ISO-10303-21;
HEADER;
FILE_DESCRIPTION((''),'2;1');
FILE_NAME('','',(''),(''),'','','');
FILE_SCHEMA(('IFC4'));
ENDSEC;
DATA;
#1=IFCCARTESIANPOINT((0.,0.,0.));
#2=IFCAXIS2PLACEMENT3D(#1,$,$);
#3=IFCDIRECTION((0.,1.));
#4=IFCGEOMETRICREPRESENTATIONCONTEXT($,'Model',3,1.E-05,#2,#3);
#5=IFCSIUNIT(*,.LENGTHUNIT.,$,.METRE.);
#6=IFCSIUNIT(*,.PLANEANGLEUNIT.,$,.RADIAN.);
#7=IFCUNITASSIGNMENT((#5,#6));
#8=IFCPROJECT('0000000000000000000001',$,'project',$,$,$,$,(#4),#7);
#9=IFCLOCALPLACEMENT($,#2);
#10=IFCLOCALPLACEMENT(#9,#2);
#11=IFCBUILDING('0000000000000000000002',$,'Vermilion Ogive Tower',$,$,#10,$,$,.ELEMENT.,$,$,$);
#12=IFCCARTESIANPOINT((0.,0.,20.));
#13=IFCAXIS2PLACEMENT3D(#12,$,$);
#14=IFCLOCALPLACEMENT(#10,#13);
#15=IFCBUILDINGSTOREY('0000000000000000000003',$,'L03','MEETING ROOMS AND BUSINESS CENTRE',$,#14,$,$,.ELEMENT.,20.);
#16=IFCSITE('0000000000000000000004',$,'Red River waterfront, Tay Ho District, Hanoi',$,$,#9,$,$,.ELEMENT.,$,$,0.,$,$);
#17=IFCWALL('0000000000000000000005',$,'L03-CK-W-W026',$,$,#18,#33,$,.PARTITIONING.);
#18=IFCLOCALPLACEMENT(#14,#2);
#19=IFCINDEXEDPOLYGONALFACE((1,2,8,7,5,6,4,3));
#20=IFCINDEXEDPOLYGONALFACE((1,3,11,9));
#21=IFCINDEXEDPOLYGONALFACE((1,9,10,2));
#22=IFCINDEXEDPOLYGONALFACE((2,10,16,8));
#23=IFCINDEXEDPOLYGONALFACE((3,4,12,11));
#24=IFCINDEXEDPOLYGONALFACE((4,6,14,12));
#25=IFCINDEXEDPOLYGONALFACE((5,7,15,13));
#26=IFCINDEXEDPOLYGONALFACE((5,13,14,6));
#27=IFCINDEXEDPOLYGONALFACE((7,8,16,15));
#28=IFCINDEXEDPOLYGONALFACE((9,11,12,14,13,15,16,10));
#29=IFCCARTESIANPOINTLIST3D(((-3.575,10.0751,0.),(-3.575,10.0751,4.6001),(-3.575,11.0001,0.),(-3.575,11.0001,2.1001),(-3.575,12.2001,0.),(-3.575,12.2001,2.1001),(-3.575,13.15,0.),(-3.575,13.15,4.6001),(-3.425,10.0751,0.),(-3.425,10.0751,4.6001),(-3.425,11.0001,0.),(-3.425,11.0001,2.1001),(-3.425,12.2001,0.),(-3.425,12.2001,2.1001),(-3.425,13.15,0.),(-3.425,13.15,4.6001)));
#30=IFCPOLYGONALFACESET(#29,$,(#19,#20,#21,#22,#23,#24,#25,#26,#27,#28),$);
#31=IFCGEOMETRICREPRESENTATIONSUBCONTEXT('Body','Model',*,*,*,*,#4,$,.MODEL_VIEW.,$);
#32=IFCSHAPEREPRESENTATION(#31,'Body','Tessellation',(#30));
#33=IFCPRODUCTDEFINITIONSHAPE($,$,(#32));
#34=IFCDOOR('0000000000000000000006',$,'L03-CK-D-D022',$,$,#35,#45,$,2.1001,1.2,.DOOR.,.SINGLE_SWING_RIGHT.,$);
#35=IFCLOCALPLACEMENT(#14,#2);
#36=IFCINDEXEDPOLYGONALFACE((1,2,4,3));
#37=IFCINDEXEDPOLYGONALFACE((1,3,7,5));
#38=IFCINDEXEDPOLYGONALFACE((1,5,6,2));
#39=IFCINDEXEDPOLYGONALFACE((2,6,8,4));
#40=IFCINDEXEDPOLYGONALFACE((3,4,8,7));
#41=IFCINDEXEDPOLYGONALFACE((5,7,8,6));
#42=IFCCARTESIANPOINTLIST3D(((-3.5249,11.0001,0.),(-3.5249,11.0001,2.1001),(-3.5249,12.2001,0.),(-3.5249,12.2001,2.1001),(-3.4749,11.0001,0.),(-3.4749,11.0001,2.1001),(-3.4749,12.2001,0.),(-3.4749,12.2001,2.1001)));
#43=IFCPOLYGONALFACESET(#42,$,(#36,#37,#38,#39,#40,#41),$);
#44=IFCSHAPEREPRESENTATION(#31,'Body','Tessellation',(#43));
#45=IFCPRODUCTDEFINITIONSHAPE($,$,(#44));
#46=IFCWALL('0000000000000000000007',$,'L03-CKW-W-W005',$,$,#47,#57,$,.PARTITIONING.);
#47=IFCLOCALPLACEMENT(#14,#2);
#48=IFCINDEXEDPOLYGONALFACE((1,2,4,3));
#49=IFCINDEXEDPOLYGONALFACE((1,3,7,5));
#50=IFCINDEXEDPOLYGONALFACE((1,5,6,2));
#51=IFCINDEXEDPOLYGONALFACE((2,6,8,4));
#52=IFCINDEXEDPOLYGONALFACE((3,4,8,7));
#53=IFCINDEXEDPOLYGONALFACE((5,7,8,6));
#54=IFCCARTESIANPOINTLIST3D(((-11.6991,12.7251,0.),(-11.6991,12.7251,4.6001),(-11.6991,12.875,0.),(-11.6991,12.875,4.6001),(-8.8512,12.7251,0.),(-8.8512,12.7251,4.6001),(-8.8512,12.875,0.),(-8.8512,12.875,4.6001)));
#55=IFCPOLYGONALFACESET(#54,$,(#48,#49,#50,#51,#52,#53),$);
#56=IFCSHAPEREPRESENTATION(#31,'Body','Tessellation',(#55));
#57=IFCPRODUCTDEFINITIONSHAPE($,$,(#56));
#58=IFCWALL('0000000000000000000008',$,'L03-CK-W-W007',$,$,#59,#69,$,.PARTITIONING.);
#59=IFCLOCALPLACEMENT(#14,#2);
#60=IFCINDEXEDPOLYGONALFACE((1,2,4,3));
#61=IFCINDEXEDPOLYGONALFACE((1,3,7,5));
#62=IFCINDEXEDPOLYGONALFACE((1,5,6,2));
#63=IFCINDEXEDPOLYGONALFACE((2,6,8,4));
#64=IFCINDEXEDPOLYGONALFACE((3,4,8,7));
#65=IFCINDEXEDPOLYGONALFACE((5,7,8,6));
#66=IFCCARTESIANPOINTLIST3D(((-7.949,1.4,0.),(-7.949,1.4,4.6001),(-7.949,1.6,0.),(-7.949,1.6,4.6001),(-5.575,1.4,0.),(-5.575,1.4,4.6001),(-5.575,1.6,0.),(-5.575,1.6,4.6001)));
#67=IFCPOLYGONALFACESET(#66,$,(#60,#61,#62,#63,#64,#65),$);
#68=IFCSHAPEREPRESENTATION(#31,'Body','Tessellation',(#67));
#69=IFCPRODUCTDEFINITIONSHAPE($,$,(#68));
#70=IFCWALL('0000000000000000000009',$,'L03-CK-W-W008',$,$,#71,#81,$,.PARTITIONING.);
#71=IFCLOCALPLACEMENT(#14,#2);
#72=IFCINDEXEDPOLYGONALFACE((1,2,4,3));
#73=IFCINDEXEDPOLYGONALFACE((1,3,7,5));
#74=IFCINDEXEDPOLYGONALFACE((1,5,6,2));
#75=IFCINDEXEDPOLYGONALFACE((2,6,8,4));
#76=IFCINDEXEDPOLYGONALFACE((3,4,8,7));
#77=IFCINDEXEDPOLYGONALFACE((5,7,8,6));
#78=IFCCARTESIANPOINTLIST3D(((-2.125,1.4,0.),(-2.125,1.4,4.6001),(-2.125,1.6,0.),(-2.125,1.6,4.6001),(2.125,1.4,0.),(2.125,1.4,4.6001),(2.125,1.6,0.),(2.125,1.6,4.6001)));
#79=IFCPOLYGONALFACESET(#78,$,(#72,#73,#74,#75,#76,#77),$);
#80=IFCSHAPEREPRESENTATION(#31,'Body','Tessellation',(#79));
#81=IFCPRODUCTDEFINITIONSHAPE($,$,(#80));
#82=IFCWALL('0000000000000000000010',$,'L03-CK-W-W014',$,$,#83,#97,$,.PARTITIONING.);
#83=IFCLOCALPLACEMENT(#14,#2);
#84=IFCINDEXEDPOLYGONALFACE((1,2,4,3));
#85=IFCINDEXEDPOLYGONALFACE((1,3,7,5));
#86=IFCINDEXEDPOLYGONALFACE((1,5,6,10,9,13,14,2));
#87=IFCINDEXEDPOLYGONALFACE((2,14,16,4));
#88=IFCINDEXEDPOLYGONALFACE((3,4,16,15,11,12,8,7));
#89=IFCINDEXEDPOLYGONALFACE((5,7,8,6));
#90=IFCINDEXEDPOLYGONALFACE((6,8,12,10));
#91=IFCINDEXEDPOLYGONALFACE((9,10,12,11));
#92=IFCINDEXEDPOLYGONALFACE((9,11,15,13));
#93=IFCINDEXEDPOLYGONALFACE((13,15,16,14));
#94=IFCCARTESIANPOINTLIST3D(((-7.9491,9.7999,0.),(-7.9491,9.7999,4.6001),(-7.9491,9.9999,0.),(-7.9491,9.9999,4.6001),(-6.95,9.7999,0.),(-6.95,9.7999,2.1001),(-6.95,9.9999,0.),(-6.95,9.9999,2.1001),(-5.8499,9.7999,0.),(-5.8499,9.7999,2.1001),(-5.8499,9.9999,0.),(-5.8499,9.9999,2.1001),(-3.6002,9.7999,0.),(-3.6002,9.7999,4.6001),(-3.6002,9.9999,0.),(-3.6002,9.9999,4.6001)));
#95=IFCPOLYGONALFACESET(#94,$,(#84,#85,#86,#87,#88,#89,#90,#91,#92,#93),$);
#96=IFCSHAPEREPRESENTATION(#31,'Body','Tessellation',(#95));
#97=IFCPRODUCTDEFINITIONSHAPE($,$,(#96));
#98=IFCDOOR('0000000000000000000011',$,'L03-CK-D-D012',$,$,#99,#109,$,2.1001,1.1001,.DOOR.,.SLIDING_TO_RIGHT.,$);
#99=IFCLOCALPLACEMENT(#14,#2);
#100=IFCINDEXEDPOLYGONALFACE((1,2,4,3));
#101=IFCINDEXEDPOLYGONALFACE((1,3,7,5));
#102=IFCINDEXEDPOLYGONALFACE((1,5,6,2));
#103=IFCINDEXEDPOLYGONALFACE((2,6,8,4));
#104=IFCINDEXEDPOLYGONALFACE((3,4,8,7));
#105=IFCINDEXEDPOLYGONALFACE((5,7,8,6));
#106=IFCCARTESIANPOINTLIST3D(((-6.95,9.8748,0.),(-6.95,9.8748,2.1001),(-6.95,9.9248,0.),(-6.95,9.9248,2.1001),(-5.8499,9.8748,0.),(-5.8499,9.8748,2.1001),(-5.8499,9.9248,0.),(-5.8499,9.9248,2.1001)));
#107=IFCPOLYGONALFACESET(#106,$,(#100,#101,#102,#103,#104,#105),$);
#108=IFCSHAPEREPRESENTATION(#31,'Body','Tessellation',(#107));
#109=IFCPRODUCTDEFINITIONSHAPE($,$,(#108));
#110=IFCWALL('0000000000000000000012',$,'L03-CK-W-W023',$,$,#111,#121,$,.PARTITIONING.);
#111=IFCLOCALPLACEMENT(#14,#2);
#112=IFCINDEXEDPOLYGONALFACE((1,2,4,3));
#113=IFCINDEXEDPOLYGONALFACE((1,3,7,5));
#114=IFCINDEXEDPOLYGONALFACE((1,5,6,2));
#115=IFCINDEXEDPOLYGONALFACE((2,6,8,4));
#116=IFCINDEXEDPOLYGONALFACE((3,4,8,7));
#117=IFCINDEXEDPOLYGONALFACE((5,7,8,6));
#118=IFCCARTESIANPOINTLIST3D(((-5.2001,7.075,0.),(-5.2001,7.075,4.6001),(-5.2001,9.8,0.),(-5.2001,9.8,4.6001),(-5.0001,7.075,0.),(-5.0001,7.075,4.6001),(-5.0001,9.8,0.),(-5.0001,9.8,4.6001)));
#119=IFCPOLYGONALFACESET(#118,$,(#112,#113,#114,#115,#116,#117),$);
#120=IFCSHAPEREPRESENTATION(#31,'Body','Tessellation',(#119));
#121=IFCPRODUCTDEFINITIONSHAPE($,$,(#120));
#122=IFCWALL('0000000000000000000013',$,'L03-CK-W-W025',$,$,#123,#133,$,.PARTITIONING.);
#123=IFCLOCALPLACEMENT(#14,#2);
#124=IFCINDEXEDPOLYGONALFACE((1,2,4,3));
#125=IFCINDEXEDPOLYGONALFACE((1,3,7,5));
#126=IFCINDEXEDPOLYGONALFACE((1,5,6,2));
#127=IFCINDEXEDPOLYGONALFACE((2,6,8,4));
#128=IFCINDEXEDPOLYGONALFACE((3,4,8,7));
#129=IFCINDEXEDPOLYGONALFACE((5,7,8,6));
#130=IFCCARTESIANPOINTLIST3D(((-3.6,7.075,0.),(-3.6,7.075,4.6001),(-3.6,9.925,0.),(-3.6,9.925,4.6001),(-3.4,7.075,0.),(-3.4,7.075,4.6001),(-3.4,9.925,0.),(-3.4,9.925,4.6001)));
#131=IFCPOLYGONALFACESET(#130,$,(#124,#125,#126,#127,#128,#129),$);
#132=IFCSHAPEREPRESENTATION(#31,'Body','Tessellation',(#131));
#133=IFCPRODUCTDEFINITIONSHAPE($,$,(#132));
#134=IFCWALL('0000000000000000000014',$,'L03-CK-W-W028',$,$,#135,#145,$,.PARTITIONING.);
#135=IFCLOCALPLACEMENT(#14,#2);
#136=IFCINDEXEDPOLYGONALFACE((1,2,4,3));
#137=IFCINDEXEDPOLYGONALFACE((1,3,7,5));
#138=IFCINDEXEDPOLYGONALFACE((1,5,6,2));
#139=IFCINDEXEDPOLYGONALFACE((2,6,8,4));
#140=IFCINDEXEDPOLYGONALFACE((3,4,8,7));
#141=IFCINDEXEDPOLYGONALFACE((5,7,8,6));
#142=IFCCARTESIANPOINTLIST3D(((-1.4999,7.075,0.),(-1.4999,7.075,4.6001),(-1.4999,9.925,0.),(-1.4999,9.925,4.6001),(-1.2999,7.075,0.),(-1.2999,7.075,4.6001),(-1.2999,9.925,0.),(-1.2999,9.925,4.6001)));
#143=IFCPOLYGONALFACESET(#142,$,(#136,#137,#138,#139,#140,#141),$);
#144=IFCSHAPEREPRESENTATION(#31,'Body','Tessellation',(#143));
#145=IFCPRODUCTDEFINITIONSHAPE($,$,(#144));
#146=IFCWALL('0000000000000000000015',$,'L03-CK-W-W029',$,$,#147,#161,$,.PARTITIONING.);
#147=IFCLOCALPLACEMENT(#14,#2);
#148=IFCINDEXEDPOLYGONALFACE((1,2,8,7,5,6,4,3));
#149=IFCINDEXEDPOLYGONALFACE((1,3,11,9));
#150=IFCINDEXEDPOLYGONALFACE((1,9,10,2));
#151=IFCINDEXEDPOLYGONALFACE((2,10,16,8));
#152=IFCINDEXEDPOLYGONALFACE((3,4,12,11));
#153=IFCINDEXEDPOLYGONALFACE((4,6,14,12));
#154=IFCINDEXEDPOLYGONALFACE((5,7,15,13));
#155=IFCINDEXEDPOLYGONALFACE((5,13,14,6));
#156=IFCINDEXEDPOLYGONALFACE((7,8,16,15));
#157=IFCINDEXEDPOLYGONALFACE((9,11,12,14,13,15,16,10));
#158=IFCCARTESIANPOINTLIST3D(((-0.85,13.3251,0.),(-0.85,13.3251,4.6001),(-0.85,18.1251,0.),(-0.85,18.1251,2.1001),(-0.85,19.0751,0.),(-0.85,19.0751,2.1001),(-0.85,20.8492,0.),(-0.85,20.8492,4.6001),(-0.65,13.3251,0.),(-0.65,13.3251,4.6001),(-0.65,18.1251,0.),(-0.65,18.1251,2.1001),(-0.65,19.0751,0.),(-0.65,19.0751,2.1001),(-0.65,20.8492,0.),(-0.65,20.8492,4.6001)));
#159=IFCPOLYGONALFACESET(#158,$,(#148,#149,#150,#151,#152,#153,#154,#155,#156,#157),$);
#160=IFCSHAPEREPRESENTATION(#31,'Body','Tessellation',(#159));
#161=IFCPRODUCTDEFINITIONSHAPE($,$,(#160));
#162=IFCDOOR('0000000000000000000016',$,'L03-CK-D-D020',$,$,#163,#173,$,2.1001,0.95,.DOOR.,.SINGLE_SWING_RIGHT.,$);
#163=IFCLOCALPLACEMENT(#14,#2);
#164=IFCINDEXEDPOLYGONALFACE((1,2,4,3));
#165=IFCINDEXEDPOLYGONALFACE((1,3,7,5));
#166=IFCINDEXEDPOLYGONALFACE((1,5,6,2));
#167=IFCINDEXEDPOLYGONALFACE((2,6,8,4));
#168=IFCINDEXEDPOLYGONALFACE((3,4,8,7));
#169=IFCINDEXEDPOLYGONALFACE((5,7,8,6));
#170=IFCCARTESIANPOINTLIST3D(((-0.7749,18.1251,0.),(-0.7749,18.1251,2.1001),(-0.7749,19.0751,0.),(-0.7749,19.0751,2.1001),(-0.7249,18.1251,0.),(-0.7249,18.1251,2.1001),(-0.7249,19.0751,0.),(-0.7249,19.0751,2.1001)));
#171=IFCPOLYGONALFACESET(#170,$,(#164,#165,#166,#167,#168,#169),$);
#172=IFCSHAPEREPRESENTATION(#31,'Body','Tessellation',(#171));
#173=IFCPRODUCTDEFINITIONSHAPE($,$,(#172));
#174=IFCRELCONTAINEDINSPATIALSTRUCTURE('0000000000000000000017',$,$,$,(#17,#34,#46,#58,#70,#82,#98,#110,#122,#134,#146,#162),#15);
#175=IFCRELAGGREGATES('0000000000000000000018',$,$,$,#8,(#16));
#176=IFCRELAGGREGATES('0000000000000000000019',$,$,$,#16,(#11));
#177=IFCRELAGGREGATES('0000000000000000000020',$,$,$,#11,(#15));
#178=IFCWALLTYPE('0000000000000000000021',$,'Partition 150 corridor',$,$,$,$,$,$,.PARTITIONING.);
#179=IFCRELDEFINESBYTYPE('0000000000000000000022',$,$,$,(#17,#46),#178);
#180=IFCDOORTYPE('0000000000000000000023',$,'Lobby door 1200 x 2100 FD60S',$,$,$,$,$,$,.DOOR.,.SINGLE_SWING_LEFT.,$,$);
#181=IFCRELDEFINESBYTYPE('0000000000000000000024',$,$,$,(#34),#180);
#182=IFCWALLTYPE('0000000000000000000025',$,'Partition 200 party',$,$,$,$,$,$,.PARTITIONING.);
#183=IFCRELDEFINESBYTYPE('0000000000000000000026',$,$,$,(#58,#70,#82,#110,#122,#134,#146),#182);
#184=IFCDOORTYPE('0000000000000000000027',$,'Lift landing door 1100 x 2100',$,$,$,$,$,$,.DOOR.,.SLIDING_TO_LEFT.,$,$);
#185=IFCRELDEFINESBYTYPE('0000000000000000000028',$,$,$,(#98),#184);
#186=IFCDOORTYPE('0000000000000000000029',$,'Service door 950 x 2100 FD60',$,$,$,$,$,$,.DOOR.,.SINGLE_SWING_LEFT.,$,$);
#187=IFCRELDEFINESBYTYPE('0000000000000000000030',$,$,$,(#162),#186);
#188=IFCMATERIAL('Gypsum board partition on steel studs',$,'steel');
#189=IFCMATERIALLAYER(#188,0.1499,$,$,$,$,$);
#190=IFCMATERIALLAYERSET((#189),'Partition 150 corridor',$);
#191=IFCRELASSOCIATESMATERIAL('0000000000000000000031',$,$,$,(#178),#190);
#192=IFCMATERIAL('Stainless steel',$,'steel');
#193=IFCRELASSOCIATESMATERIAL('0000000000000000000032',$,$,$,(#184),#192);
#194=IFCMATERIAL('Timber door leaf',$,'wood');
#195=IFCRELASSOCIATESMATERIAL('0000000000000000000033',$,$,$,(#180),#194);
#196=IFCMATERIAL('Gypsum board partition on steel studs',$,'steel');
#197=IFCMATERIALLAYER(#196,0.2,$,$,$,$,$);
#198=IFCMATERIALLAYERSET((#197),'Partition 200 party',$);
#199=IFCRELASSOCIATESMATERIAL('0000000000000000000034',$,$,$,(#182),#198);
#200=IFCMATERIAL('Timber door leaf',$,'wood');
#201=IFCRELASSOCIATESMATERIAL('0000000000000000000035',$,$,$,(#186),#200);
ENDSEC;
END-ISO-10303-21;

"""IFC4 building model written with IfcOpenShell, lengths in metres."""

from ifc_helpers import new_model, si_unit, direction, frame, frame_2d, origin, place, context, subcontext, project, spatial, rectangle, extrude, material, layer, layer_set, type_object, element, fill, save


model = new_model("IFC4")

# Units and contexts
model_context = context("Model", 3, precision=1e-05, world=origin(), true_north=direction((0.0, 1.0)))
body_context = subcontext(model_context, "Body", "Model", "MODEL_VIEW")
ifc_project = project(units=[si_unit("LENGTHUNIT", "METRE"), si_unit("PLANEANGLEUNIT", "RADIAN")], contexts=[model_context])

# Site, building, storey
site_placement = place(None, origin())
site = spatial("IfcSite", under=ifc_project, at=site_placement, Name="Red River waterfront, Tay Ho District, Hanoi", CompositionType="ELEMENT", RefElevation=0.0)
building_placement = place(site_placement, origin())
building = spatial("IfcBuilding", under=site, at=building_placement, Name="Vermilion Ogive Tower", CompositionType="ELEMENT")
storey_placement = place(building_placement, frame((0.0, 0.0, 20.0)))
storey = spatial("IfcBuildingStorey", under=building, at=storey_placement, Name="L03", Description="MEETING ROOMS AND BUSINESS CENTRE", CompositionType="ELEMENT", Elevation=20.0)

# Shared definitions
ifc_material_1 = material(Name="Gypsum board partition on steel studs", Category="steel")
ifc_layer_1 = layer(ifc_material_1, 0.1499)
ifc_layer_set_1 = layer_set([ifc_layer_1], Name="Partition 150 corridor")
wall_type_1 = type_object("IfcWallType", Name="Partition 150 corridor", PredefinedType="PARTITIONING", material=ifc_layer_set_1)

# Shared definitions
ifc_material_2 = material(Name="Stainless steel", Category="steel")
door_type_1 = type_object("IfcDoorType", Name="Lift landing door 1100 x 2100", OperationType="SLIDING_TO_LEFT", PredefinedType="DOOR", material=ifc_material_2)

# Wall, opening, door
wall_1_placement = place(storey_placement, frame((-3.5, 10.075, 0.0), z_axis=(0.0, 0.0, 1.0), x_axis=(0.0, 1.0, 0.0)))
wall_1 = element("IfcWall", 1, at=wall_1_placement, inside=storey, type_object=wall_type_1, Name="L03-CK-W-W026", PredefinedType="PARTITIONING", context=body_context, shape_type="SweptSolid", body=[
    extrude(rectangle(XDim=3.075, YDim=0.1499, at=frame_2d((1.5376, 0.0))), origin(), (0.0, 0.0, 1.0), 4.6001),
])
opening_1_placement = place(wall_1_placement, frame((0.925, 0.0, 0.0)))
opening_1 = element("IfcOpeningElement", 2, at=opening_1_placement, cuts=wall_1, PredefinedType="OPENING", context=body_context, shape_type="SweptSolid", body=[
    extrude(rectangle(XDim=1.2, YDim=2.1001, at=frame_2d((0.6001, 1.05))), frame((0.0, 0.085, 0.0), z_axis=(0.0, -1.0, 0.0), x_axis=(1.0, 0.0, 0.0)), (0.0, 0.0, 1.0), 0.1699),
])
ifc_material_3 = material(Name="Timber door leaf", Category="wood")
door_type_2 = type_object("IfcDoorType", Name="Lobby door 1200 x 2100 FD60S", OperationType="SINGLE_SWING_LEFT", PredefinedType="DOOR", material=ifc_material_3)
door_1_placement = place(opening_1_placement, origin())
door_1 = element("IfcDoor", 3, at=door_1_placement, inside=storey, type_object=door_type_2, Name="L03-CK-D-D022", OperationType="SINGLE_SWING_RIGHT", OverallHeight=2.1001, OverallWidth=1.2, PredefinedType="DOOR", context=body_context, shape_type="SweptSolid", body=[
    extrude(rectangle(XDim=1.2, YDim=2.1001, at=frame_2d((0.6001, 1.05))), frame((0.0, 0.0249, 0.0), z_axis=(0.0, -1.0, 0.0), x_axis=(1.0, 0.0, 0.0)), (0.0, 0.0, 1.0), 0.05),
])
fill(opening_1, door_1)

# Walls
wall_2_placement = place(storey_placement, frame((-11.699, 12.8, 0.0), z_axis=(0.0, 0.0, 1.0), x_axis=(1.0, 0.0, 0.0)))
element("IfcWall", 4, at=wall_2_placement, inside=storey, type_object=wall_type_1, Name="L03-CKW-W-W005", PredefinedType="PARTITIONING", context=body_context, shape_type="SweptSolid", body=[
    extrude(rectangle(XDim=2.8479, YDim=0.1499, at=frame_2d((1.4238, 0.0))), origin(), (0.0, 0.0, 1.0), 4.6001),
])
ifc_material_4 = material(Name="Gypsum board partition on steel studs", Category="steel")
ifc_layer_2 = layer(ifc_material_4, 0.2)
ifc_layer_set_2 = layer_set([ifc_layer_2], Name="Partition 200 party")
wall_type_2 = type_object("IfcWallType", Name="Partition 200 party", PredefinedType="PARTITIONING", material=ifc_layer_set_2)
wall_3_placement = place(storey_placement, frame((-7.949, 1.5, 0.0), z_axis=(0.0, 0.0, 1.0), x_axis=(1.0, 0.0, 0.0)))
element("IfcWall", 5, at=wall_3_placement, inside=storey, type_object=wall_type_2, Name="L03-CK-W-W007", PredefinedType="PARTITIONING", context=body_context, shape_type="SweptSolid", body=[
    extrude(rectangle(XDim=2.374, YDim=0.2, at=frame_2d((1.187, 0.0))), origin(), (0.0, 0.0, 1.0), 4.6001),
])
wall_4_placement = place(storey_placement, frame((-2.125, 1.5, 0.0), z_axis=(0.0, 0.0, 1.0), x_axis=(1.0, 0.0, 0.0)))
element("IfcWall", 6, at=wall_4_placement, inside=storey, type_object=wall_type_2, Name="L03-CK-W-W008", PredefinedType="PARTITIONING", context=body_context, shape_type="SweptSolid", body=[
    extrude(rectangle(XDim=4.25, YDim=0.2, at=frame_2d((2.125, 0.0))), origin(), (0.0, 0.0, 1.0), 4.6001),
])

# Wall, opening, door
wall_5_placement = place(storey_placement, frame((-7.949, 9.8999, 0.0), z_axis=(0.0, 0.0, 1.0), x_axis=(1.0, 0.0, 0.0)))
wall_5 = element("IfcWall", 7, at=wall_5_placement, inside=storey, type_object=wall_type_2, Name="L03-CK-W-W014", PredefinedType="PARTITIONING", context=body_context, shape_type="SweptSolid", body=[
    extrude(rectangle(XDim=4.3489, YDim=0.2, at=frame_2d((2.1743, 0.0))), origin(), (0.0, 0.0, 1.0), 4.6001),
])
opening_2_placement = place(wall_5_placement, frame((0.999, 0.0, 0.0)))
opening_2 = element("IfcOpeningElement", 8, at=opening_2_placement, cuts=wall_5, PredefinedType="OPENING", context=body_context, shape_type="SweptSolid", body=[
    extrude(rectangle(XDim=1.1001, YDim=2.1001, at=frame_2d((0.55, 1.05))), frame((0.0, 0.1099, 0.0), z_axis=(0.0, -1.0, 0.0), x_axis=(1.0, 0.0, 0.0)), (0.0, 0.0, 1.0), 0.22),
])
door_2_placement = place(opening_2_placement, origin())
door_2 = element("IfcDoor", 9, at=door_2_placement, inside=storey, type_object=door_type_1, Name="L03-CK-D-D012", OperationType="SLIDING_TO_RIGHT", OverallHeight=2.1001, OverallWidth=1.1001, PredefinedType="DOOR", context=body_context, shape_type="SweptSolid", body=[
    extrude(rectangle(XDim=1.1001, YDim=2.1001, at=frame_2d((0.55, 1.05))), frame((0.0, 0.0249, 0.0), z_axis=(0.0, -1.0, 0.0), x_axis=(1.0, 0.0, 0.0)), (0.0, 0.0, 1.0), 0.05),
])
fill(opening_2, door_2)

# Walls
wall_6_placement = place(storey_placement, frame((-5.1001, 7.075, 0.0), z_axis=(0.0, 0.0, 1.0), x_axis=(0.0, 1.0, 0.0)))
element("IfcWall", 10, at=wall_6_placement, inside=storey, type_object=wall_type_2, Name="L03-CK-W-W023", PredefinedType="PARTITIONING", context=body_context, shape_type="SweptSolid", body=[
    extrude(rectangle(XDim=2.7251, YDim=0.2, at=frame_2d((1.3625, 0.0))), origin(), (0.0, 0.0, 1.0), 4.6001),
])
for number, where, z_axis, x_axis, name in (
    (11, (-3.5, 7.075, 0.0), (0.0, 0.0, 1.0), (0.0, 1.0, 0.0), "L03-CK-W-W025"),
    (12, (-1.3999, 7.075, 0.0), (0.0, 0.0, 1.0), (0.0, 1.0, 0.0), "L03-CK-W-W028"),
):
    element("IfcWall", number, at=place(storey_placement, frame(where, z_axis=z_axis, x_axis=x_axis)), inside=storey, type_object=wall_type_2, Name=name, PredefinedType="PARTITIONING", context=body_context, shape_type="SweptSolid", body=[
        extrude(rectangle(XDim=2.8501, YDim=0.2, at=frame_2d((1.425, 0.0))), origin(), (0.0, 0.0, 1.0), 4.6001),
    ])

# Wall, opening, door
wall_7_placement = place(storey_placement, frame((-0.75, 13.325, 0.0), z_axis=(0.0, 0.0, 1.0), x_axis=(0.0, 1.0, 0.0)))
wall_7 = element("IfcWall", 13, at=wall_7_placement, inside=storey, type_object=wall_type_2, Name="L03-CK-W-W029", PredefinedType="PARTITIONING", context=body_context, shape_type="SweptSolid", body=[
    extrude(rectangle(XDim=7.5242, YDim=0.2, at=frame_2d((3.7622, 0.0))), origin(), (0.0, 0.0, 1.0), 4.6001),
])
opening_3_placement = place(wall_7_placement, frame((4.8, 0.0, 0.0)))
opening_3 = element("IfcOpeningElement", 14, at=opening_3_placement, cuts=wall_7, PredefinedType="OPENING", context=body_context, shape_type="SweptSolid", body=[
    extrude(rectangle(XDim=0.95, YDim=2.1001, at=frame_2d((0.4751, 1.05))), frame((0.0, 0.1099, 0.0), z_axis=(0.0, -1.0, 0.0), x_axis=(1.0, 0.0, 0.0)), (0.0, 0.0, 1.0), 0.22),
])
ifc_material_5 = material(Name="Timber door leaf", Category="wood")
door_type_3 = type_object("IfcDoorType", Name="Service door 950 x 2100 FD60", OperationType="SINGLE_SWING_LEFT", PredefinedType="DOOR", material=ifc_material_5)
door_3_placement = place(opening_3_placement, origin())
door_3 = element("IfcDoor", 15, at=door_3_placement, inside=storey, type_object=door_type_3, Name="L03-CK-D-D020", OperationType="SINGLE_SWING_RIGHT", OverallHeight=2.1001, OverallWidth=0.95, PredefinedType="DOOR", context=body_context, shape_type="SweptSolid", body=[
    extrude(rectangle(XDim=0.95, YDim=2.1001, at=frame_2d((0.4751, 1.05))), frame((0.0, 0.0249, 0.0), z_axis=(0.0, -1.0, 0.0), x_axis=(1.0, 0.0, 0.0)), (0.0, 0.0, 1.0), 0.05),
])
fill(opening_3, door_3)

save(model, "model.ifc")
